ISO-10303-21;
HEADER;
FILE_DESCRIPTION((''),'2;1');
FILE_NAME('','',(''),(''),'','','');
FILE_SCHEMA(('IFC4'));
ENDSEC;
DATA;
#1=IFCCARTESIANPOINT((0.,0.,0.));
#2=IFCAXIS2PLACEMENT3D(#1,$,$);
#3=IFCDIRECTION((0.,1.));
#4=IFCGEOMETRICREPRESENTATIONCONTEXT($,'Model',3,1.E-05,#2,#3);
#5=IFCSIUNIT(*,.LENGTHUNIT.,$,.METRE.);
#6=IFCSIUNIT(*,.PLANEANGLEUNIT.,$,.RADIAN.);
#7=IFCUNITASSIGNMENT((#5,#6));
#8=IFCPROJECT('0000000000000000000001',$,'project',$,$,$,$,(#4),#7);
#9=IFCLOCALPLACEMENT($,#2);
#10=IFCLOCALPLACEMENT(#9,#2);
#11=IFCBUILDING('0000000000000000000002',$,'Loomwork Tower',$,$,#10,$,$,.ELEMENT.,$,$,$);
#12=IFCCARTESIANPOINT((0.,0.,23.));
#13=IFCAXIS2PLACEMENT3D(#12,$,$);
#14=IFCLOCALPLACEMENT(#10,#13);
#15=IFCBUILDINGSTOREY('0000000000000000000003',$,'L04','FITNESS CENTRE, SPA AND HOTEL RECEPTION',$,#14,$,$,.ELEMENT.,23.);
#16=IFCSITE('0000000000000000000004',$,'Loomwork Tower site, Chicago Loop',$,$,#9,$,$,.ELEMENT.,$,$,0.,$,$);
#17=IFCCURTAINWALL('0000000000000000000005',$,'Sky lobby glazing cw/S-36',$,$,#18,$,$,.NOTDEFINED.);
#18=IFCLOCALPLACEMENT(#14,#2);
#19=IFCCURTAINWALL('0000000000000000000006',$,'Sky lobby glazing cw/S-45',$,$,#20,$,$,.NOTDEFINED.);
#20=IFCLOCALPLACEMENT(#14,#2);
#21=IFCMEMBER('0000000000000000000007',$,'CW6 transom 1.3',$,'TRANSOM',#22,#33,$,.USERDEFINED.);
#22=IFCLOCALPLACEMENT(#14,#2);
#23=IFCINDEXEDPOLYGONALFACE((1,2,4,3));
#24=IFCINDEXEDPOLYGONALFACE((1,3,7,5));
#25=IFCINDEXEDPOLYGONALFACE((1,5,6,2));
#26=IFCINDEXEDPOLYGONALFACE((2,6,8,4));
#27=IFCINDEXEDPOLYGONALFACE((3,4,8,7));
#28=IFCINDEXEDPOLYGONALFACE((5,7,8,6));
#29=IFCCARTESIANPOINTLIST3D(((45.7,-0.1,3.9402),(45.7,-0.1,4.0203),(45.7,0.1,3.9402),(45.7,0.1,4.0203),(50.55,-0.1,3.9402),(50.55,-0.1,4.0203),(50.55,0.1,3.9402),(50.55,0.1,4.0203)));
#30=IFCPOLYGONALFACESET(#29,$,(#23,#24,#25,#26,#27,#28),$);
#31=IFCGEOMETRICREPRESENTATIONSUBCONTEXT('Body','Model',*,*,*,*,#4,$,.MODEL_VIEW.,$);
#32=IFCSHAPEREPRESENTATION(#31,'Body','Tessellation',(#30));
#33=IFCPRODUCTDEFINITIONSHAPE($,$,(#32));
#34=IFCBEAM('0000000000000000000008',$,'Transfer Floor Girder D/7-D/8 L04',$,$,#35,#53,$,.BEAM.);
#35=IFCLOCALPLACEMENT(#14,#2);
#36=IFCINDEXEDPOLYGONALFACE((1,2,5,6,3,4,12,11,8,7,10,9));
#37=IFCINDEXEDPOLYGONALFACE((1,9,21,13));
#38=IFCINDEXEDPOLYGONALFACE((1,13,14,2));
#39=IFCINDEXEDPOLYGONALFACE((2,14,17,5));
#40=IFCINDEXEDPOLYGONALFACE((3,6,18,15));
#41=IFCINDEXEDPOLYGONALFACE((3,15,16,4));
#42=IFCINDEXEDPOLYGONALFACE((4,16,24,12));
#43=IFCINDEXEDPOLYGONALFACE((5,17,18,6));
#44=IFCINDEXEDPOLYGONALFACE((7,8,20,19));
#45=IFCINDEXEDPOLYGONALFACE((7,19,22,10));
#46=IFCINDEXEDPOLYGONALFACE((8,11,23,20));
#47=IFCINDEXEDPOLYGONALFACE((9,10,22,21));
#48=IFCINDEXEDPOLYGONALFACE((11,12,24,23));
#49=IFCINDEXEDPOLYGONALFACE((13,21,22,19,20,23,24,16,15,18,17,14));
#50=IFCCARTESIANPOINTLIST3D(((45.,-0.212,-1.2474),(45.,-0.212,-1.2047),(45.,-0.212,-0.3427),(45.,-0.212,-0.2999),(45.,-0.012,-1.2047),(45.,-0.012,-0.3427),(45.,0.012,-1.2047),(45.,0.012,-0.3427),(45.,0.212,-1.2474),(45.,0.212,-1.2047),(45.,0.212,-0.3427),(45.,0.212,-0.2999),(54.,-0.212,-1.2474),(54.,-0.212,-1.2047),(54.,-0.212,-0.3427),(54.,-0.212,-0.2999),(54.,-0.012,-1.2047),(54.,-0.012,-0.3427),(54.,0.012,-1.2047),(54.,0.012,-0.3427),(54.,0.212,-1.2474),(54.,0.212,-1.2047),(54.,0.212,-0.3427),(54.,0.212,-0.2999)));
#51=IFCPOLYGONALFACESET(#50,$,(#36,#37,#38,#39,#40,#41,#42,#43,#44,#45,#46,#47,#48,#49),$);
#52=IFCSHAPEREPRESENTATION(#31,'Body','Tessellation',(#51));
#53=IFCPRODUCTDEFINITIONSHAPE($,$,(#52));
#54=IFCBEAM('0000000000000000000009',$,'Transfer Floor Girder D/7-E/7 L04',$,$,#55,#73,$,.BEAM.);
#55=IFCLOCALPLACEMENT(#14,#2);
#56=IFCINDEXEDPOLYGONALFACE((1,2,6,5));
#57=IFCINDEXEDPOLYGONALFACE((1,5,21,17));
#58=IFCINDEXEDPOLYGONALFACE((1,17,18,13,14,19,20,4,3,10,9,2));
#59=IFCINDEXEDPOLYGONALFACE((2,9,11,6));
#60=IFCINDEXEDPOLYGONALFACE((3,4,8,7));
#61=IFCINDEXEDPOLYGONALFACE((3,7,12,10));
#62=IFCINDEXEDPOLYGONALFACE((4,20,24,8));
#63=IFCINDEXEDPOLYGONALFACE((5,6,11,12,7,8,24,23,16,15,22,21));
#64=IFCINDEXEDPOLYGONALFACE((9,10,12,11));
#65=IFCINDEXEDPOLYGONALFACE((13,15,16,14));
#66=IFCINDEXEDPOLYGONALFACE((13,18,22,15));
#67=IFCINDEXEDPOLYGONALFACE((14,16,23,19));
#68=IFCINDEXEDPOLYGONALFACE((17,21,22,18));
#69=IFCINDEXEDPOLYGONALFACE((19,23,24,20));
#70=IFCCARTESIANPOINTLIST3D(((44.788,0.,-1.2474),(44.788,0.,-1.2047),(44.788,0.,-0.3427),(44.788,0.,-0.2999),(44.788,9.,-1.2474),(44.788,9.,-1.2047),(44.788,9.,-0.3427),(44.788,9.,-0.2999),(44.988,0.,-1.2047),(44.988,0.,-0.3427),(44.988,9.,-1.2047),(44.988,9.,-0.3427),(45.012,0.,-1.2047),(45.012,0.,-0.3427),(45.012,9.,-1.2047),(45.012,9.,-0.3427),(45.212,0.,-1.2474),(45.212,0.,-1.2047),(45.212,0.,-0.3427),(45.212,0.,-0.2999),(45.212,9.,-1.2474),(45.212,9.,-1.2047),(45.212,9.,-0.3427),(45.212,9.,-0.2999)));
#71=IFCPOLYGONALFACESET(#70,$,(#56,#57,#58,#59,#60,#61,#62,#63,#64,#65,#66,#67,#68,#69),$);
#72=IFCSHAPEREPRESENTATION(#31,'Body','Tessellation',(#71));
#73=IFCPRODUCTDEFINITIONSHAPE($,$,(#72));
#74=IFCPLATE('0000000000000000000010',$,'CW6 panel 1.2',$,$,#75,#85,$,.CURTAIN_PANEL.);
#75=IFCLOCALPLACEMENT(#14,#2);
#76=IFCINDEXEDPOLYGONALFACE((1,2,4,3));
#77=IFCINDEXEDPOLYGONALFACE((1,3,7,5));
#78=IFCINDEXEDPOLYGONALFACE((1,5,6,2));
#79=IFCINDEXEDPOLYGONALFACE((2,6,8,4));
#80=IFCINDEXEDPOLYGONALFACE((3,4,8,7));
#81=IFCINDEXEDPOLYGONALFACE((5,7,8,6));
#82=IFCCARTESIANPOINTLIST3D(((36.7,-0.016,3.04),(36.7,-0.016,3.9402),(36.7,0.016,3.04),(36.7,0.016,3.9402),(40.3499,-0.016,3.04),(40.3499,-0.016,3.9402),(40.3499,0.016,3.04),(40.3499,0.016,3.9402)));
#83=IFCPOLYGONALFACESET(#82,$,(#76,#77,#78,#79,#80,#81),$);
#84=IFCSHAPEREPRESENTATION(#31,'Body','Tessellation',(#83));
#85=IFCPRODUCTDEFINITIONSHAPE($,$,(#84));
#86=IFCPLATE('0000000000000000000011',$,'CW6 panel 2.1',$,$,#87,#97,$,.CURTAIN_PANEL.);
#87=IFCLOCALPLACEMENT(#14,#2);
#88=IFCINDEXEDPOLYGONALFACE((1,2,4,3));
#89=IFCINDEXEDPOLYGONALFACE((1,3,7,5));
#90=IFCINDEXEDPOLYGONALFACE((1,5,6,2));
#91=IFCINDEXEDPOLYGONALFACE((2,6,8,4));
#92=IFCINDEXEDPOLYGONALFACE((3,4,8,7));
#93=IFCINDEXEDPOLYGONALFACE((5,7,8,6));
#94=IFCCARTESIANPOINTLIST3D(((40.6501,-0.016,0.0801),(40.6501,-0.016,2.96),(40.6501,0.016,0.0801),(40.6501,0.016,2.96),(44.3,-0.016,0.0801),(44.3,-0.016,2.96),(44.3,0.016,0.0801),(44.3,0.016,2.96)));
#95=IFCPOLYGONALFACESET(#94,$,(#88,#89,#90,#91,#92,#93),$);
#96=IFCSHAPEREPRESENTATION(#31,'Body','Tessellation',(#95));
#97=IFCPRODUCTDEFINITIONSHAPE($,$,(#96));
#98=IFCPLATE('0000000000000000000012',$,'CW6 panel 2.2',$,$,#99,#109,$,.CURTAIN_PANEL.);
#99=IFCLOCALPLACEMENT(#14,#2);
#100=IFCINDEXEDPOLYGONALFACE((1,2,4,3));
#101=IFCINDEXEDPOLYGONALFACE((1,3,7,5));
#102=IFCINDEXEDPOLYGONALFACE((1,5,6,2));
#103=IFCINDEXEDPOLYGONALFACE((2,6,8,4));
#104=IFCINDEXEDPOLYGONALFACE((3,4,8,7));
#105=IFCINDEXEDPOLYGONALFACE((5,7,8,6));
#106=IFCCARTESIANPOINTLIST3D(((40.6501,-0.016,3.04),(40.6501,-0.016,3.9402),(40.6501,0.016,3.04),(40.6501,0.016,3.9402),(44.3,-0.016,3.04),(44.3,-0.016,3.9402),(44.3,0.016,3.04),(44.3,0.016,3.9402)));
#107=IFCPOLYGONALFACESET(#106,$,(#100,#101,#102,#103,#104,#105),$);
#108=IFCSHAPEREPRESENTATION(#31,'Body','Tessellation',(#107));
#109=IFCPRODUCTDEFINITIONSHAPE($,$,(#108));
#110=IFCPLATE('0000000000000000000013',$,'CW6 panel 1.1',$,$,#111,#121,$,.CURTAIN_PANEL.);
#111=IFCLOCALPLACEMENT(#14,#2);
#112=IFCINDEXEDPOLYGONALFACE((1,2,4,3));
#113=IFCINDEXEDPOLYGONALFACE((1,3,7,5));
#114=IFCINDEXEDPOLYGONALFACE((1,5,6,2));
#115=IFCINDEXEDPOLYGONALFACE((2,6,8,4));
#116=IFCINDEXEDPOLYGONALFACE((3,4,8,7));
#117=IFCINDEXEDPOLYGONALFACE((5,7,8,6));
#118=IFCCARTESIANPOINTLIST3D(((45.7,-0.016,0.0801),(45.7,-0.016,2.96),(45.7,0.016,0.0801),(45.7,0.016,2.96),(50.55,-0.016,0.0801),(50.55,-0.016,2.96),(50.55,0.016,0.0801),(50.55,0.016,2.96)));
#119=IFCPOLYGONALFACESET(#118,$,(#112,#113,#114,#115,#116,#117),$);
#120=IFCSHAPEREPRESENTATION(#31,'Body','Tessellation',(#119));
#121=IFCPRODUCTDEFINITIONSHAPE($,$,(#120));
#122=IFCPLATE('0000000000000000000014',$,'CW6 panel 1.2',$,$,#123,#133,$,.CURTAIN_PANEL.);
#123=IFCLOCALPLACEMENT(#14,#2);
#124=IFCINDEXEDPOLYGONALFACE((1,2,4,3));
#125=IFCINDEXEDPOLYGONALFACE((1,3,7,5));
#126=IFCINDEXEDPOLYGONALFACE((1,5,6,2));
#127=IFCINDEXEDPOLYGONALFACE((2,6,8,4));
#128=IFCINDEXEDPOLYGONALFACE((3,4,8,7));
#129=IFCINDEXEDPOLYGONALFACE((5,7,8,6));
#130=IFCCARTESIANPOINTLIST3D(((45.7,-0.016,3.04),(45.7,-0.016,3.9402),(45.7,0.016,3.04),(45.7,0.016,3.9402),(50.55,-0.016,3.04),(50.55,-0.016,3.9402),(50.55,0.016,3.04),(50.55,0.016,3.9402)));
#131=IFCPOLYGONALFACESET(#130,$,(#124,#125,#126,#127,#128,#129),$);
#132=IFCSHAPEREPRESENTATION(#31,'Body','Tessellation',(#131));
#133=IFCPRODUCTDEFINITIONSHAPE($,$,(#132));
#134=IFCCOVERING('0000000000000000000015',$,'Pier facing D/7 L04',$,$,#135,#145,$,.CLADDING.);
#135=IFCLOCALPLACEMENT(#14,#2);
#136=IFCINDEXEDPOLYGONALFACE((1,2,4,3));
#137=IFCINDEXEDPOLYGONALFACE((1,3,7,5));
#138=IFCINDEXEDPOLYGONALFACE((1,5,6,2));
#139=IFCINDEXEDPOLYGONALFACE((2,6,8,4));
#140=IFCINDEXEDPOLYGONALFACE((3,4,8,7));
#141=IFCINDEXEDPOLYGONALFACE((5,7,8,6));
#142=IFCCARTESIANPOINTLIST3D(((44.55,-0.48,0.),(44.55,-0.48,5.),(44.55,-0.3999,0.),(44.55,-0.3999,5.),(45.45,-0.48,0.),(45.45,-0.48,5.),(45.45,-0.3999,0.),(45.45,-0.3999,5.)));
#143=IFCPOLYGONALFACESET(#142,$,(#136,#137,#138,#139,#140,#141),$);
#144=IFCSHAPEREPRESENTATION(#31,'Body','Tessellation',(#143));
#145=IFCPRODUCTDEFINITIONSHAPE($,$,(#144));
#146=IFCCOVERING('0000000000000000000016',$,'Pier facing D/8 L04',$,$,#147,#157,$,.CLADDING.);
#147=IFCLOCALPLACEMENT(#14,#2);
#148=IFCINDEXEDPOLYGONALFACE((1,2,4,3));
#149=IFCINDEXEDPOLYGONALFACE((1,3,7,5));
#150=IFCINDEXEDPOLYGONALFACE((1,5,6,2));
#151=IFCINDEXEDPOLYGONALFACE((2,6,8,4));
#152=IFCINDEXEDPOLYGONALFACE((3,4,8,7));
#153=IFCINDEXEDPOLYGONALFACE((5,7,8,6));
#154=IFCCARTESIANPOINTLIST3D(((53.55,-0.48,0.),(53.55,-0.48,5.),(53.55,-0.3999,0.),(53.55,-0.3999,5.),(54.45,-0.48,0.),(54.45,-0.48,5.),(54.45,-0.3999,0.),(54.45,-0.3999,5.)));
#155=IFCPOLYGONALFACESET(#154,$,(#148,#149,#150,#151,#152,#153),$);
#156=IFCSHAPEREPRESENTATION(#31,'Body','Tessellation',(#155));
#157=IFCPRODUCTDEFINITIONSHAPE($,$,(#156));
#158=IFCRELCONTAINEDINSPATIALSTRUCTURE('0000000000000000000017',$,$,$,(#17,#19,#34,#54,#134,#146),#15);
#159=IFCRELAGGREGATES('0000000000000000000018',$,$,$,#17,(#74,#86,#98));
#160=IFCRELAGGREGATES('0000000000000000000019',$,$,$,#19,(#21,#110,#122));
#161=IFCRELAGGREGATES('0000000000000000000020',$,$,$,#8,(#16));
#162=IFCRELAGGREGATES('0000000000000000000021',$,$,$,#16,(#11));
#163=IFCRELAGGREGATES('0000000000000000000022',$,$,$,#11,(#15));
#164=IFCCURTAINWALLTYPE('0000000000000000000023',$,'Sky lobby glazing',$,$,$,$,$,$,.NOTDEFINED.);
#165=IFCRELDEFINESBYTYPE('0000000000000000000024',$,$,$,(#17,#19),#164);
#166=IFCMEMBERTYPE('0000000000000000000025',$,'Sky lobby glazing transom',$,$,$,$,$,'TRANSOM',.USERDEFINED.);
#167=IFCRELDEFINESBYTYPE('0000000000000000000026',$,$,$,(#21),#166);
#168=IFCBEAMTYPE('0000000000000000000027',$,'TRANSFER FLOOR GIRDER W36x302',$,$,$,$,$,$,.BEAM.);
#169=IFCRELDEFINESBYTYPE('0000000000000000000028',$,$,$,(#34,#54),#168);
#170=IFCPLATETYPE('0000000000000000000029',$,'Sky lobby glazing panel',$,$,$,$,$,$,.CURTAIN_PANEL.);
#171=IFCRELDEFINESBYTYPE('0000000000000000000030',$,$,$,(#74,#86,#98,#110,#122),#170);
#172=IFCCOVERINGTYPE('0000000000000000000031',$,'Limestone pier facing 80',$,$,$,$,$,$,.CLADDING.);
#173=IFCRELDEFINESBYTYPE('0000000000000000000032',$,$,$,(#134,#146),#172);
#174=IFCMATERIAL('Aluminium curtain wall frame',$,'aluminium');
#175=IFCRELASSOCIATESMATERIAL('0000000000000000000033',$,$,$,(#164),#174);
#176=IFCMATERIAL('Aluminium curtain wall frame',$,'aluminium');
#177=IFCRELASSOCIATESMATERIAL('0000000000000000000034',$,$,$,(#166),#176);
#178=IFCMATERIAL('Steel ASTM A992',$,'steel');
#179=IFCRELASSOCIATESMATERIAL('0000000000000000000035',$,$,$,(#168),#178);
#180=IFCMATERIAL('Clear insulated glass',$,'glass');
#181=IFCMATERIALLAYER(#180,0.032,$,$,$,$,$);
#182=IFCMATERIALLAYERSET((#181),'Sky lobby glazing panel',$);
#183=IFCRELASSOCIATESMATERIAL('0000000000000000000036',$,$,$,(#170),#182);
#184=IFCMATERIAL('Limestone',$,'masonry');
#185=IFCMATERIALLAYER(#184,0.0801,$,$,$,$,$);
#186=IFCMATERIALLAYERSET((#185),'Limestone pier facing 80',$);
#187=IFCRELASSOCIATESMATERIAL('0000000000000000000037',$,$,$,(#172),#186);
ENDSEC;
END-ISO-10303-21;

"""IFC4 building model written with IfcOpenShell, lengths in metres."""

from ifc_helpers import new_model, si_unit, direction, frame, origin, origin_2d, place, context, subcontext, project, spatial, rectangle, i_section, extrude, material, layer, layer_set, material_profile, profile_set, type_object, element, aggregate, save


model = new_model("IFC4")

# Units and contexts
model_context = context("Model", 3, precision=1e-05, world=origin(), true_north=direction((0.0, 1.0)))
body_context = subcontext(model_context, "Body", "Model", "MODEL_VIEW")
ifc_project = project(units=[si_unit("LENGTHUNIT", "METRE"), si_unit("PLANEANGLEUNIT", "RADIAN")], contexts=[model_context])

# Site, building, storey
site_placement = place(None, origin())
site = spatial("IfcSite", under=ifc_project, at=site_placement, Name="Loomwork Tower site, Chicago Loop", CompositionType="ELEMENT", RefElevation=0.0)
building_placement = place(site_placement, origin())
building = spatial("IfcBuilding", under=site, at=building_placement, Name="Loomwork Tower", CompositionType="ELEMENT")
storey_placement = place(building_placement, frame((0.0, 0.0, 23.0)))
storey = spatial("IfcBuildingStorey", under=building, at=storey_placement, Name="L04", Description="FITNESS CENTRE, SPA AND HOTEL RECEPTION", CompositionType="ELEMENT", Elevation=23.0)

# Curtain walls
ifc_material_1 = material(Name="Aluminium curtain wall frame", Category="aluminium")
curtain_wall_type = type_object("IfcCurtainWallType", Name="Sky lobby glazing", PredefinedType="NOTDEFINED", material=ifc_material_1)
curtain_wall_1_placement = place(storey_placement, origin())
curtain_wall_1 = element("IfcCurtainWall", 1, at=curtain_wall_1_placement, inside=storey, type_object=curtain_wall_type, Name="Sky lobby glazing cw/S-36", PredefinedType="NOTDEFINED")
curtain_wall_2_placement = place(storey_placement, origin())
curtain_wall_2 = element("IfcCurtainWall", 2, at=curtain_wall_2_placement, inside=storey, type_object=curtain_wall_type, Name="Sky lobby glazing cw/S-45", PredefinedType="NOTDEFINED")

# Member
ifc_material_2 = material(Name="Aluminium curtain wall frame", Category="aluminium")
ifc_material_profile_1 = material_profile(ifc_material_2, rectangle(XDim=0.2, YDim=0.0801, at=origin_2d()), Name="AL 80x200")
ifc_profile_set_1 = profile_set([ifc_material_profile_1], Name="Aluminium curtain wall frame")
member_type_1 = type_object("IfcMemberType", Name="Sky lobby glazing transom", ElementType="TRANSOM", PredefinedType="USERDEFINED", material=ifc_profile_set_1)
member_1_placement = place(storey_placement, frame((45.7, 0.0, 3.9802), z_axis=(1.0, 0.0, 0.0), x_axis=(0.0, 1.0, 0.0)))
member_1 = element("IfcMember", 3, at=member_1_placement, type_object=member_type_1, Name="CW6 transom 1.3", ObjectType="TRANSOM", PredefinedType="USERDEFINED", context=body_context, shape_type="SweptSolid", body=[
    extrude(rectangle(XDim=0.2, YDim=0.0801, at=origin_2d()), origin(), (0.0, 0.0, 1.0), 4.8501),
])

# Beams
ifc_material_3 = material(Name="Steel ASTM A992", Category="steel")
ifc_material_profile_2 = material_profile(ifc_material_3, i_section(OverallWidth=0.4241, OverallDepth=0.9475, WebThickness=0.0239, FlangeThickness=0.0427, at=origin_2d()), Name="W36x302")
ifc_profile_set_2 = profile_set([ifc_material_profile_2], Name="Steel ASTM A992")
beam_type_1 = type_object("IfcBeamType", Name="TRANSFER FLOOR GIRDER W36x302", PredefinedType="BEAM", material=ifc_profile_set_2)
for number, where, z_axis, x_axis, name in (
    (4, (45.0, 0.0, -0.7737), (1.0, 0.0, 0.0), (0.0, 1.0, 0.0), "Transfer Floor Girder D/7-D/8 L04"),
    (5, (45.0, 0.0, -0.7737), (0.0, 1.0, 0.0), (-1.0, 0.0, 0.0), "Transfer Floor Girder D/7-E/7 L04"),
):
    element("IfcBeam", number, at=place(storey_placement, frame(where, z_axis=z_axis, x_axis=x_axis)), inside=storey, type_object=beam_type_1, Name=name, PredefinedType="BEAM", context=body_context, shape_type="SweptSolid", body=[
        extrude(i_section(OverallWidth=0.4241, OverallDepth=0.9475, WebThickness=0.0239, FlangeThickness=0.0427, at=origin_2d()), origin(), (0.0, 0.0, 1.0), 9.0),
    ])

# Plates
ifc_material_4 = material(Name="Clear insulated glass", Category="glass")
ifc_layer_1 = layer(ifc_material_4, 0.032)
ifc_layer_set_1 = layer_set([ifc_layer_1], Name="Sky lobby glazing panel")
plate_type = type_object("IfcPlateType", Name="Sky lobby glazing panel", PredefinedType="CURTAIN_PANEL", material=ifc_layer_set_1)
plate_1_placement = place(storey_placement, frame((38.5249, 0.0, 3.04), z_axis=(0.0, 0.0, 1.0), x_axis=(1.0, 0.0, 0.0)))
plate_1 = element("IfcPlate", 6, at=plate_1_placement, type_object=plate_type, Name="CW6 panel 1.2", PredefinedType="CURTAIN_PANEL", context=body_context, shape_type="SweptSolid", body=[
    extrude(rectangle(XDim=3.6499, YDim=0.032, at=origin_2d()), origin(), (0.0, 0.0, 1.0), 0.9001),
])
plate_2_placement = place(storey_placement, frame((42.4751, 0.0, 0.0801), z_axis=(0.0, 0.0, 1.0), x_axis=(1.0, 0.0, 0.0)))
plate_2 = element("IfcPlate", 7, at=plate_2_placement, type_object=plate_type, Name="CW6 panel 2.1", PredefinedType="CURTAIN_PANEL", context=body_context, shape_type="SweptSolid", body=[
    extrude(rectangle(XDim=3.6499, YDim=0.032, at=origin_2d()), origin(), (0.0, 0.0, 1.0), 2.8799),
])
plate_3_placement = place(storey_placement, frame((42.4751, 0.0, 3.04), z_axis=(0.0, 0.0, 1.0), x_axis=(1.0, 0.0, 0.0)))
plate_3 = element("IfcPlate", 8, at=plate_3_placement, type_object=plate_type, Name="CW6 panel 2.2", PredefinedType="CURTAIN_PANEL", context=body_context, shape_type="SweptSolid", body=[
    extrude(rectangle(XDim=3.6499, YDim=0.032, at=origin_2d()), origin(), (0.0, 0.0, 1.0), 0.9001),
])
aggregate(curtain_wall_1, [plate_1, plate_2, plate_3])
plate_4_placement = place(storey_placement, frame((48.125, 0.0, 0.0801), z_axis=(0.0, 0.0, 1.0), x_axis=(1.0, 0.0, 0.0)))
plate_4 = element("IfcPlate", 9, at=plate_4_placement, type_object=plate_type, Name="CW6 panel 1.1", PredefinedType="CURTAIN_PANEL", context=body_context, shape_type="SweptSolid", body=[
    extrude(rectangle(XDim=4.8501, YDim=0.032, at=origin_2d()), origin(), (0.0, 0.0, 1.0), 2.8799),
])
plate_5_placement = place(storey_placement, frame((48.125, 0.0, 3.04), z_axis=(0.0, 0.0, 1.0), x_axis=(1.0, 0.0, 0.0)))
plate_5 = element("IfcPlate", 10, at=plate_5_placement, type_object=plate_type, Name="CW6 panel 1.2", PredefinedType="CURTAIN_PANEL", context=body_context, shape_type="SweptSolid", body=[
    extrude(rectangle(XDim=4.8501, YDim=0.032, at=origin_2d()), origin(), (0.0, 0.0, 1.0), 0.9001),
])
aggregate(curtain_wall_2, [member_1, plate_4, plate_5])

# Coverings
ifc_material_5 = material(Name="Limestone", Category="masonry")
ifc_layer_2 = layer(ifc_material_5, 0.0801)
ifc_layer_set_2 = layer_set([ifc_layer_2], Name="Limestone pier facing 80")
covering_type = type_object("IfcCoveringType", Name="Limestone pier facing 80", PredefinedType="CLADDING", material=ifc_layer_set_2)
for number, where, z_axis, x_axis, name in (
    (11, (45.0, -0.4399, 0.0), (0.0, 0.0, 1.0), (1.0, 0.0, 0.0), "Pier facing D/7 L04"),
    (12, (54.0, -0.4399, 0.0), (0.0, 0.0, 1.0), (1.0, 0.0, 0.0), "Pier facing D/8 L04"),
):
    element("IfcCovering", number, at=place(storey_placement, frame(where, z_axis=z_axis, x_axis=x_axis)), inside=storey, type_object=covering_type, Name=name, PredefinedType="CLADDING", context=body_context, shape_type="SweptSolid", body=[
        extrude(rectangle(XDim=0.8999, YDim=0.0801, at=origin_2d()), origin(), (0.0, 0.0, 1.0), 5.0),
    ])

save(model, "model.ifc")
